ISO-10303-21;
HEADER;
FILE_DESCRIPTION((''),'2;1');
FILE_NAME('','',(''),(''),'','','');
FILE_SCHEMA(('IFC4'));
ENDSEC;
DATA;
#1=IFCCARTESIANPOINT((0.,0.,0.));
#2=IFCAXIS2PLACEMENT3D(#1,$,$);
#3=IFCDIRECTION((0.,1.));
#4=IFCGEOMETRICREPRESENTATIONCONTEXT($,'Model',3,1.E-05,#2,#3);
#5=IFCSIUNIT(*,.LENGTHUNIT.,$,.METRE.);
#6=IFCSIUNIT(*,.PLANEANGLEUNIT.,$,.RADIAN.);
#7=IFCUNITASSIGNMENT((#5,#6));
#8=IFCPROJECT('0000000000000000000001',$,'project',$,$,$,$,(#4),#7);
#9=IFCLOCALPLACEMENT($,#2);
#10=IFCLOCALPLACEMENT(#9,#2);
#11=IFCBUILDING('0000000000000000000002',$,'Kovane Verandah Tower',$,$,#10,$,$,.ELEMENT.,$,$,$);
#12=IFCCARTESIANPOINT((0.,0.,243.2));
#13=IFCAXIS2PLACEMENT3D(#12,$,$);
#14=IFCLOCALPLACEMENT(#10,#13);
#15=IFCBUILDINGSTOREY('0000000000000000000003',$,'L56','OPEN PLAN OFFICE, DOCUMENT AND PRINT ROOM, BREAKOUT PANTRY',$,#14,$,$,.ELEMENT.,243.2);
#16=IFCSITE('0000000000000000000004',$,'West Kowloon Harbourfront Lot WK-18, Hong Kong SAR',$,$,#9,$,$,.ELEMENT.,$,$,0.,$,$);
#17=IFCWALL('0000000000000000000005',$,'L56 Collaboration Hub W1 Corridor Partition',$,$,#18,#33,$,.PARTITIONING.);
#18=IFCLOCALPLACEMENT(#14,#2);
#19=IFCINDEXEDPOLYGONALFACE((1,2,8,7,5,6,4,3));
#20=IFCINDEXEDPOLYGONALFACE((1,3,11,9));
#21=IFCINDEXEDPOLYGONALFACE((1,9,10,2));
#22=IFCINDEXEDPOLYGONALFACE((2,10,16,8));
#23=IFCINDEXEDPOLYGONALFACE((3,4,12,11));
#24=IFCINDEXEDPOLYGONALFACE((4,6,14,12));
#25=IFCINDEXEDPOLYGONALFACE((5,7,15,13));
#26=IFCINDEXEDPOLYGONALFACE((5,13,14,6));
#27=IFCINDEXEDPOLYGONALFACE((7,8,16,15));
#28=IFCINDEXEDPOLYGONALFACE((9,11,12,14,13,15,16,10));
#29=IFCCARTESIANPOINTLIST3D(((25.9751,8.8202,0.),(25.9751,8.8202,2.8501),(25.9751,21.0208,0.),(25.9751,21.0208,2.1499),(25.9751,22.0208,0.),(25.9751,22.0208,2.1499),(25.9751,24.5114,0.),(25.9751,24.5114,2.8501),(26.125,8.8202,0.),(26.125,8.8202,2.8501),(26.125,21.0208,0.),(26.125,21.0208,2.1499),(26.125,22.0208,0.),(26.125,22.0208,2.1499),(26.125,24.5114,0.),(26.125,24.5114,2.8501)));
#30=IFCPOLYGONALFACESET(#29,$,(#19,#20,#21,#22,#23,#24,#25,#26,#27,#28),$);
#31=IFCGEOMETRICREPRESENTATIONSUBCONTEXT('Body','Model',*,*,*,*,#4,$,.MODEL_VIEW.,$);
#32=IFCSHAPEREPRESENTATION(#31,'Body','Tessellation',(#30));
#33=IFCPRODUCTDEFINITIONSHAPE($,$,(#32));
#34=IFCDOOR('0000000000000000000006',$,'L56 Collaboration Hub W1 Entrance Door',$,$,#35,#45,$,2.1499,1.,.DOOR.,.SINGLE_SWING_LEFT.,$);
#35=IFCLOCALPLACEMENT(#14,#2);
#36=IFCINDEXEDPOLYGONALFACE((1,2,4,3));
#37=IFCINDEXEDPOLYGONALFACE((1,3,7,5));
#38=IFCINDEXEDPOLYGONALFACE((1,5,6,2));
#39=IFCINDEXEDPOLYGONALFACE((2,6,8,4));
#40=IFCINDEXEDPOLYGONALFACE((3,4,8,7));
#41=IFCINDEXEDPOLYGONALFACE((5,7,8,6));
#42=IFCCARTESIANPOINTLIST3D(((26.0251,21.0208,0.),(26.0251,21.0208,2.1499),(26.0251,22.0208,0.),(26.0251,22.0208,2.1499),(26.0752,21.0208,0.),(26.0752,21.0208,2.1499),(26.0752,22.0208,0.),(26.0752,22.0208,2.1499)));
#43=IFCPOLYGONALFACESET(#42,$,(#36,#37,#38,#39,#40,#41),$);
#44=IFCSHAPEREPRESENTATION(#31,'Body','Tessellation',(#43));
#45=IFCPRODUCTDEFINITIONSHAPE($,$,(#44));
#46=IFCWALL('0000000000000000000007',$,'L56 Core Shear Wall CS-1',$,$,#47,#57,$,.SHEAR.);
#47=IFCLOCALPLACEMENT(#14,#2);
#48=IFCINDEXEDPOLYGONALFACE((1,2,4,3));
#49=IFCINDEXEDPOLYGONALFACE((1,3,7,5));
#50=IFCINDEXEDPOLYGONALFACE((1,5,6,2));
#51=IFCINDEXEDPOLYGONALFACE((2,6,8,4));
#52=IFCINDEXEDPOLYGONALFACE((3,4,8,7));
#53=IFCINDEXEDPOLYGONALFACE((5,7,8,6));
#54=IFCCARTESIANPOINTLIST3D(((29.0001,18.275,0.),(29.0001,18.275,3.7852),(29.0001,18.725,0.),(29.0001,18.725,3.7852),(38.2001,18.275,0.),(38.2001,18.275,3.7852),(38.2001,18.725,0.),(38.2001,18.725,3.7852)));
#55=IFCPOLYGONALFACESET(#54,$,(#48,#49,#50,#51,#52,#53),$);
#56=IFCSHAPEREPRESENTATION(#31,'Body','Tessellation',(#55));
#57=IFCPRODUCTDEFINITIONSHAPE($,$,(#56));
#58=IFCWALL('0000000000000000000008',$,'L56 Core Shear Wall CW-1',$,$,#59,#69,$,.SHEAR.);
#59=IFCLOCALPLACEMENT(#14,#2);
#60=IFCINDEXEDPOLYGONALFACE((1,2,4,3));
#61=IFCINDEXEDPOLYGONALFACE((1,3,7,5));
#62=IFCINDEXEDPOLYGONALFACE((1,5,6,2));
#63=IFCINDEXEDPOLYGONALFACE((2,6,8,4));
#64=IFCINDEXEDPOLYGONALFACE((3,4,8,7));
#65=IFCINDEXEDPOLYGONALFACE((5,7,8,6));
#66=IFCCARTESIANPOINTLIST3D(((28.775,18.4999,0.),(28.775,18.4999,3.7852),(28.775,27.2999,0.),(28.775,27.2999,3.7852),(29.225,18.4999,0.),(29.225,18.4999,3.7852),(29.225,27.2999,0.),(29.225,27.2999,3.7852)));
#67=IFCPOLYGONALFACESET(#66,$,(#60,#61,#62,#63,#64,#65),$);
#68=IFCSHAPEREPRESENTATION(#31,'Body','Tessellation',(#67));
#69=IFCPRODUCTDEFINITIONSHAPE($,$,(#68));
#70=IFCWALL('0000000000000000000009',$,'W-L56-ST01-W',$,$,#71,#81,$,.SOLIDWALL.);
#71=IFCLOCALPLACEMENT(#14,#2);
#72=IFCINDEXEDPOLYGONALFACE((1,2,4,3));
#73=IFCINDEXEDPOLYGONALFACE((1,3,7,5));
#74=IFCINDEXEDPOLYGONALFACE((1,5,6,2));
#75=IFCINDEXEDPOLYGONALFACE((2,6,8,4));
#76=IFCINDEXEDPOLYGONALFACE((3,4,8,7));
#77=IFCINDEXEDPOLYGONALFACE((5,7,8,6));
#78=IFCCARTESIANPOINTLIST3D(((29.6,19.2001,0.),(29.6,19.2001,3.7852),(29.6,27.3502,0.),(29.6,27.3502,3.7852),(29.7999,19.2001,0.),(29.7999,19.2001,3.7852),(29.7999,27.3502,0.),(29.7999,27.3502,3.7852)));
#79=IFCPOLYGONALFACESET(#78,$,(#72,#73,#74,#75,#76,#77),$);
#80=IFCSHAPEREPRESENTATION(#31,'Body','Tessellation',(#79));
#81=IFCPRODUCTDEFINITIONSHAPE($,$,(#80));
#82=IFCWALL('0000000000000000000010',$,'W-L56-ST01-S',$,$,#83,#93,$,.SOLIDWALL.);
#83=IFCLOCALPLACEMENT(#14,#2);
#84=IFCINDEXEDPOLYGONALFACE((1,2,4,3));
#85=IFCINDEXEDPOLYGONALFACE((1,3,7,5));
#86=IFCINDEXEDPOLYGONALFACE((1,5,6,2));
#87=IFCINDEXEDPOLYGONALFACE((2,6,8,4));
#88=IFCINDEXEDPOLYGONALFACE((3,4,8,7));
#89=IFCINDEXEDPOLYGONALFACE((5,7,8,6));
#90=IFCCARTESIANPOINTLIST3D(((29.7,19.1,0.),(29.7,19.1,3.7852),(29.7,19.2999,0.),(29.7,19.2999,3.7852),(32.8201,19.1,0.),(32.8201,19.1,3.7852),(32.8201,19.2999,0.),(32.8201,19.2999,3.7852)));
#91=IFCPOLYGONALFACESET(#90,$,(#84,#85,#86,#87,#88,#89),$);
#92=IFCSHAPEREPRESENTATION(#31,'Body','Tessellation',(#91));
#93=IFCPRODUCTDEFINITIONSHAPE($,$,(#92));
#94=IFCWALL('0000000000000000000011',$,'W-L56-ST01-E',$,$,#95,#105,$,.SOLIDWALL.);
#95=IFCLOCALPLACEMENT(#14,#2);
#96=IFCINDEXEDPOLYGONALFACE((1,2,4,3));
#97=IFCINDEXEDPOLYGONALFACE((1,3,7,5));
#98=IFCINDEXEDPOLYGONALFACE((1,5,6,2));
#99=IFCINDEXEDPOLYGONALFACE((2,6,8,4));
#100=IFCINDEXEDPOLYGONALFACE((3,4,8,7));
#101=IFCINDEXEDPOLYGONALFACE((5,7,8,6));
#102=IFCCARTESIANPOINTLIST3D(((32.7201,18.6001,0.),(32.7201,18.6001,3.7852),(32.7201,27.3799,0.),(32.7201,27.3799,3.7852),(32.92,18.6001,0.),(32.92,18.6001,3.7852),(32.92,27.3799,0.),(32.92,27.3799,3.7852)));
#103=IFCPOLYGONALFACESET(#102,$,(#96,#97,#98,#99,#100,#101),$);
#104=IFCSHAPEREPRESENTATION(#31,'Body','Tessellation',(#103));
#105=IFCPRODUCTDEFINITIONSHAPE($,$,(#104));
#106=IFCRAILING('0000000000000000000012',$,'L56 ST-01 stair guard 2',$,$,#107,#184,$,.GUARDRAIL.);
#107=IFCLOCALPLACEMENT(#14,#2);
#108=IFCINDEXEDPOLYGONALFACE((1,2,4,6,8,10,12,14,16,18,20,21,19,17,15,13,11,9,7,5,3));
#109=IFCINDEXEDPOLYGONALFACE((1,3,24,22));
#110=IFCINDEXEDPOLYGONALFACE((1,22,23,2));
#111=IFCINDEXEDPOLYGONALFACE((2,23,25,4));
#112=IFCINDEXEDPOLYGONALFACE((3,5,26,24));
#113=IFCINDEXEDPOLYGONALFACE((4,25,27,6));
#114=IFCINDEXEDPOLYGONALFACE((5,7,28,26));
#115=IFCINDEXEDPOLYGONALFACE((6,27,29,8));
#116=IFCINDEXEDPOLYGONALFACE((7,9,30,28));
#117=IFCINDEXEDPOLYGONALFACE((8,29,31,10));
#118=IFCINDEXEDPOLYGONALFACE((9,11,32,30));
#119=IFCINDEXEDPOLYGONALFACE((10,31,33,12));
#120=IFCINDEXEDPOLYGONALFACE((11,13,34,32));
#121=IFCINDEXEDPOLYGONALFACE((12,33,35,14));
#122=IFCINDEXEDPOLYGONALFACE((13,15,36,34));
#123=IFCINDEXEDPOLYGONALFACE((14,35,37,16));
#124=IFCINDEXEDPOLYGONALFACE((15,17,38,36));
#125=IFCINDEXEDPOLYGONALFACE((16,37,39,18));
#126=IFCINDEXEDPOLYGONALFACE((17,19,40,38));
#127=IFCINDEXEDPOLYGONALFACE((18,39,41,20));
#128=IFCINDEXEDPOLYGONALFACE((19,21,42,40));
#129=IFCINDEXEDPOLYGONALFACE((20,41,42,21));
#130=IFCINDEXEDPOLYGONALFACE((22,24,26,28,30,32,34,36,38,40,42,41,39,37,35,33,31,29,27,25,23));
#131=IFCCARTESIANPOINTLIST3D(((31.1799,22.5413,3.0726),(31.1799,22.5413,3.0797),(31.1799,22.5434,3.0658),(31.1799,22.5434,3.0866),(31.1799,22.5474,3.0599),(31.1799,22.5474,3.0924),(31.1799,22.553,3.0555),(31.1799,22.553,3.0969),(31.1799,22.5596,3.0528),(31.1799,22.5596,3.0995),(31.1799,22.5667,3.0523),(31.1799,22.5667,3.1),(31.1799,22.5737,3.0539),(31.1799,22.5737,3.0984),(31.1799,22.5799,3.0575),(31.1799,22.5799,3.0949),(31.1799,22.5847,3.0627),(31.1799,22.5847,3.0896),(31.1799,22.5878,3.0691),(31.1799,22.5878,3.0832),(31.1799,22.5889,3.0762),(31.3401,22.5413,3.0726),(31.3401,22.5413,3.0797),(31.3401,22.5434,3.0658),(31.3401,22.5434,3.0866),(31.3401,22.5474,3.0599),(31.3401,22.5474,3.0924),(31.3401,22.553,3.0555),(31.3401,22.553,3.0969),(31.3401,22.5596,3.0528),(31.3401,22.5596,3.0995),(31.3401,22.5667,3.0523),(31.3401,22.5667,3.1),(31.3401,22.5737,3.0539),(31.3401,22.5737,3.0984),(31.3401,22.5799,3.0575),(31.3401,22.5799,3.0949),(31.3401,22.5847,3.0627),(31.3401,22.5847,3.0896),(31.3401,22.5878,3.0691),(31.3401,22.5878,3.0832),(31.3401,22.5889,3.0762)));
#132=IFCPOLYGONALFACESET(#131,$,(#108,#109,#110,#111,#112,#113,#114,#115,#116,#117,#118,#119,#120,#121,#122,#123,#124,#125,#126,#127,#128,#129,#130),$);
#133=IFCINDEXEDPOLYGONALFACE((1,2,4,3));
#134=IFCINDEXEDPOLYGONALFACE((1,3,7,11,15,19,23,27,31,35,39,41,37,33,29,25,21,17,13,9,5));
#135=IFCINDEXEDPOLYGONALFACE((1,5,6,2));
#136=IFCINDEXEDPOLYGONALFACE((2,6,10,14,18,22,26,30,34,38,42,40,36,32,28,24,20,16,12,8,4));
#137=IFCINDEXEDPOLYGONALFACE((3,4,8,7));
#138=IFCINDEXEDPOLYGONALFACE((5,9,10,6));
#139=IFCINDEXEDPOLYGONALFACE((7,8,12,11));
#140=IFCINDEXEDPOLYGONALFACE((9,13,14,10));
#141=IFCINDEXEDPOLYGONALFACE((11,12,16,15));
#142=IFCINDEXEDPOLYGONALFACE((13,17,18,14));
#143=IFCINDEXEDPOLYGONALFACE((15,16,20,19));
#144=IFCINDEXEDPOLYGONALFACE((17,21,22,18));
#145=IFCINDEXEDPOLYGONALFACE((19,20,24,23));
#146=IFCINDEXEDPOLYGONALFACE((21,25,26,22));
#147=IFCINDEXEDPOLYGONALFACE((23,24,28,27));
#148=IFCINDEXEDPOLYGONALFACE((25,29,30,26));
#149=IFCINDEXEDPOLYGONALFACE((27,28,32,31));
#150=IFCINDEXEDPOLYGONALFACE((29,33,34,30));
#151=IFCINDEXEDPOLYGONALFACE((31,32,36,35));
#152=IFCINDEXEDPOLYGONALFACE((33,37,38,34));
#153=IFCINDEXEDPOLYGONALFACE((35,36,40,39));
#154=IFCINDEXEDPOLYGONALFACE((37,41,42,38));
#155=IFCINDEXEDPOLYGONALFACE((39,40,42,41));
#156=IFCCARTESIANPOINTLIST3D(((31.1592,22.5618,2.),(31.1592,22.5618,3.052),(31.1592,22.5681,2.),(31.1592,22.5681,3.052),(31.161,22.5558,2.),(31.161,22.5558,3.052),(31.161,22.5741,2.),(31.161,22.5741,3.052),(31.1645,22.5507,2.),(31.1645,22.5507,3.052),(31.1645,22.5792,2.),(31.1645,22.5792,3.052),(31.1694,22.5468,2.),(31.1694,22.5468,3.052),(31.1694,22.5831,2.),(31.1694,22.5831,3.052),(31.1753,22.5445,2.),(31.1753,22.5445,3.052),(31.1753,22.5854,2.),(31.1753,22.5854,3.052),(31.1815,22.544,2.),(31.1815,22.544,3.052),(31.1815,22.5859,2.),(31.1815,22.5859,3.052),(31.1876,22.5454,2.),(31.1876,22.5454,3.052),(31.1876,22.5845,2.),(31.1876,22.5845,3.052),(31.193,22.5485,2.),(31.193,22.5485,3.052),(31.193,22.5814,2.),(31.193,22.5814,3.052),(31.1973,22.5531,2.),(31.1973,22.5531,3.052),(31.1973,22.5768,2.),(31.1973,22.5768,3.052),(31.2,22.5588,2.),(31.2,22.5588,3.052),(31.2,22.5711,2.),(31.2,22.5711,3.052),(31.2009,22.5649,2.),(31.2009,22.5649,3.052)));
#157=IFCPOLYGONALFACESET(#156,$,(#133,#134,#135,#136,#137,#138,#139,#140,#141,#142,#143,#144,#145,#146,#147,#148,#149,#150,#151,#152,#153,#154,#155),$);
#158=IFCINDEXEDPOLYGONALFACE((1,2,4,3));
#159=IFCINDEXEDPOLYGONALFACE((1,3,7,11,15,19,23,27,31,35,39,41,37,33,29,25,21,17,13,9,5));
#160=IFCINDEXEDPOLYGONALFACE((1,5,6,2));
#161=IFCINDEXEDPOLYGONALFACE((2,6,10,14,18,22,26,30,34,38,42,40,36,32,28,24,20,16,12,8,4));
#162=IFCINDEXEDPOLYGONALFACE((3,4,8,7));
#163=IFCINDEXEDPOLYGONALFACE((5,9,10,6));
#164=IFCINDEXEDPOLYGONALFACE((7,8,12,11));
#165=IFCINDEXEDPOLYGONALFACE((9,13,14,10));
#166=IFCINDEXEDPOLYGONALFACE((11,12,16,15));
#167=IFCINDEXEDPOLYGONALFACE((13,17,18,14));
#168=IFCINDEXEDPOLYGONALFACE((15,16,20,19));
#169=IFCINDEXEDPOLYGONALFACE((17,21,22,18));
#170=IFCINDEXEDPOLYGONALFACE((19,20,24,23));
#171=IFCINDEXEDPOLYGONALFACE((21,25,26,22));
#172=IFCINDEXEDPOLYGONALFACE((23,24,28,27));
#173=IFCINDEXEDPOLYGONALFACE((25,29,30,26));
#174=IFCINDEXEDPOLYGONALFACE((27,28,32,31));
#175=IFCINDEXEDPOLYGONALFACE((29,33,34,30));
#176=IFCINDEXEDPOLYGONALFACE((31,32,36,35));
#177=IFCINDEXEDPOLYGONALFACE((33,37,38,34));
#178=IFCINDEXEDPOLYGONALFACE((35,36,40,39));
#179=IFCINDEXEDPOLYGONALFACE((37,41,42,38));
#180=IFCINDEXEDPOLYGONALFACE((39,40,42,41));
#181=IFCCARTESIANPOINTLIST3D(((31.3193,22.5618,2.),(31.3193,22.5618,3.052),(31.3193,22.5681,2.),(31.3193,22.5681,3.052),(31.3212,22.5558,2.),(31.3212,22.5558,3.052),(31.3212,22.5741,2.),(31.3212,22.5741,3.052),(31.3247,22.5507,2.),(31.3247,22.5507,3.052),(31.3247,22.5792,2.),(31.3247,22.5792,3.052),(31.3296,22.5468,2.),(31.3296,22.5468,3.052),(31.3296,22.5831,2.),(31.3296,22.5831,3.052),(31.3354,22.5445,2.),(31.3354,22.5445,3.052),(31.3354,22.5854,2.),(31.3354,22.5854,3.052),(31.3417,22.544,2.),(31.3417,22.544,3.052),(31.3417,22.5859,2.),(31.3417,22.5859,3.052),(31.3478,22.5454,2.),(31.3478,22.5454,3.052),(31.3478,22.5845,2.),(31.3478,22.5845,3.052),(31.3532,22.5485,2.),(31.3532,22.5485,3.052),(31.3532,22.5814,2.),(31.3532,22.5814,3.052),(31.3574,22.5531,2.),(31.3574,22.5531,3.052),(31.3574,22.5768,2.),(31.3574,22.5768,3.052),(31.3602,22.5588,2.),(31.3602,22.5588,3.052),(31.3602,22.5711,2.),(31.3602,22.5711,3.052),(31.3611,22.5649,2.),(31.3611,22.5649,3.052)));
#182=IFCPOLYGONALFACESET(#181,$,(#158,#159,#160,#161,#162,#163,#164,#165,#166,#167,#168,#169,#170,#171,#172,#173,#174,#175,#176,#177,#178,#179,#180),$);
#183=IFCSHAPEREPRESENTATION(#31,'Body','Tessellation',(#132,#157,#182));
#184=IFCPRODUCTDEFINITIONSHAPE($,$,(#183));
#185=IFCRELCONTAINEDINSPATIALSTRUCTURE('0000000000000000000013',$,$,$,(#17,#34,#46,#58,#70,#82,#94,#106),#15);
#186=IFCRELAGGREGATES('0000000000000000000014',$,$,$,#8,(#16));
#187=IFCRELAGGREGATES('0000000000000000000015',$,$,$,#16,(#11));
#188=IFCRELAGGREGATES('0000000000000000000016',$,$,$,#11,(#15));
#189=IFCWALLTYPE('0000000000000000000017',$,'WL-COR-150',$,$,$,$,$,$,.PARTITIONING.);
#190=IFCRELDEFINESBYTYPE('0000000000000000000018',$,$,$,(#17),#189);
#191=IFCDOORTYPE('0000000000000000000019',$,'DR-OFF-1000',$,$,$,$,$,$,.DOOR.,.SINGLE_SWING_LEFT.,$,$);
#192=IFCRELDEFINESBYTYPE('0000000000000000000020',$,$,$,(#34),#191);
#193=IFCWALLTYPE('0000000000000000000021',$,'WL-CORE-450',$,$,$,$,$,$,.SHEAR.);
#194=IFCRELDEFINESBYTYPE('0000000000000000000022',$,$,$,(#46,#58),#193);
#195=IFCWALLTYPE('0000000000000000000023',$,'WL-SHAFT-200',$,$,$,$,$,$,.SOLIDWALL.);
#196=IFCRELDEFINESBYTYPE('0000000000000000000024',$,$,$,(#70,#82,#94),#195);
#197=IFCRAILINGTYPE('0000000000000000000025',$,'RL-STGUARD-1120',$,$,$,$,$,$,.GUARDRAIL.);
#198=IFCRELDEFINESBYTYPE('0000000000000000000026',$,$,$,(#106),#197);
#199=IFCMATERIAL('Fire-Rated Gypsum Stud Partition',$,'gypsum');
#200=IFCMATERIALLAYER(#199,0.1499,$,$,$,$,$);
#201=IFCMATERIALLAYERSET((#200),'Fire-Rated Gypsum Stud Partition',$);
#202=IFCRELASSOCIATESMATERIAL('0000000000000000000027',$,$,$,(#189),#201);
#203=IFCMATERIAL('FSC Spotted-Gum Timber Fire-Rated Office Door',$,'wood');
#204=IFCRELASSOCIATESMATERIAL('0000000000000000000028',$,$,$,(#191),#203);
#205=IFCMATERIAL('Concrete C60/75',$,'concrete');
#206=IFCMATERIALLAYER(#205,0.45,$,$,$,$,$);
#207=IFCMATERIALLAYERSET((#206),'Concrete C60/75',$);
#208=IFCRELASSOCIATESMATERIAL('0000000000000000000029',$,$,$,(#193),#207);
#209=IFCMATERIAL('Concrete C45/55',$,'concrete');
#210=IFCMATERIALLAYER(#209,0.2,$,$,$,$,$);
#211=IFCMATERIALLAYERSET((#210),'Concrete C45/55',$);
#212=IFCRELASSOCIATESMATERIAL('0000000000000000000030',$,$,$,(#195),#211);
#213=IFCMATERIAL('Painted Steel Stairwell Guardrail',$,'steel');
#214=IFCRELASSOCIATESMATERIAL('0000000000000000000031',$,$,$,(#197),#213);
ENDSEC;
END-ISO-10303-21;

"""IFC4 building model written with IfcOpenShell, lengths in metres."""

from ifc_helpers import new_model, si_unit, direction, frame, frame_2d, origin, origin_2d, place, context, subcontext, project, spatial, rectangle, circle, extrude, material, layer, layer_set, type_object, element, fill, save


model = new_model("IFC4")

# Units and contexts
model_context = context("Model", 3, precision=1e-05, world=origin(), true_north=direction((0.0, 1.0)))
body_context = subcontext(model_context, "Body", "Model", "MODEL_VIEW")
ifc_project = project(units=[si_unit("LENGTHUNIT", "METRE"), si_unit("PLANEANGLEUNIT", "RADIAN")], contexts=[model_context])

# Site, building, storey
site_placement = place(None, origin())
site = spatial("IfcSite", under=ifc_project, at=site_placement, Name="West Kowloon Harbourfront Lot WK-18, Hong Kong SAR", CompositionType="ELEMENT", RefElevation=0.0)
building_placement = place(site_placement, origin())
building = spatial("IfcBuilding", under=site, at=building_placement, Name="Kovane Verandah Tower", CompositionType="ELEMENT")
storey_placement = place(building_placement, frame((0.0, 0.0, 243.2)))
storey = spatial("IfcBuildingStorey", under=building, at=storey_placement, Name="L56", Description="OPEN PLAN OFFICE, DOCUMENT AND PRINT ROOM, BREAKOUT PANTRY", CompositionType="ELEMENT", Elevation=243.2)

# Shared definitions
ifc_material_1 = material(Name="Concrete C60/75", Category="concrete")

# Wall, opening, door
ifc_material_2 = material(Name="Fire-Rated Gypsum Stud Partition", Category="gypsum")
ifc_layer_1 = layer(ifc_material_2, 0.1499)
ifc_layer_set_1 = layer_set([ifc_layer_1], Name="Fire-Rated Gypsum Stud Partition")
wall_type_1 = type_object("IfcWallType", Name="WL-COR-150", PredefinedType="PARTITIONING", material=ifc_layer_set_1)
ifc_material_3 = material(Name="FSC Spotted-Gum Timber Fire-Rated Office Door", Category="wood")
door_type = type_object("IfcDoorType", Name="DR-OFF-1000", OperationType="SINGLE_SWING_LEFT", PredefinedType="DOOR", material=ifc_material_3)
wall_1_placement = place(storey_placement, frame((26.05, 8.8201, 0.0), z_axis=(0.0, 0.0, 1.0), x_axis=(0.0, 1.0, 0.0)))
wall_1 = element("IfcWall", 1, at=wall_1_placement, inside=storey, type_object=wall_type_1, Name="L56 Collaboration Hub W1 Corridor Partition", PredefinedType="PARTITIONING", context=body_context, shape_type="SweptSolid", body=[
    extrude(rectangle(XDim=15.6912, YDim=0.1499, at=frame_2d((7.8457, 0.0))), origin(), (0.0, 0.0, 1.0), 2.8501),
])
opening_1_placement = place(wall_1_placement, frame((12.2007, 0.0, 0.0)))
opening_1 = element("IfcOpeningElement", 2, at=opening_1_placement, cuts=wall_1, PredefinedType="OPENING", context=body_context, shape_type="SweptSolid", body=[
    extrude(rectangle(XDim=1.0, YDim=2.1499, at=frame_2d((0.5, 1.075))), frame((0.0, 0.075, 0.0), z_axis=(0.0, -1.0, 0.0), x_axis=(1.0, 0.0, 0.0)), (0.0, 0.0, 1.0), 0.1499),
])
door_1_placement = place(opening_1_placement, origin())
door_1 = element("IfcDoor", 3, at=door_1_placement, inside=storey, type_object=door_type, Name="L56 Collaboration Hub W1 Entrance Door", OperationType="SINGLE_SWING_LEFT", OverallHeight=2.1499, OverallWidth=1.0, PredefinedType="DOOR", context=body_context, shape_type="SweptSolid", body=[
    extrude(rectangle(XDim=1.0, YDim=2.1499, at=frame_2d((0.5, 1.075))), frame((0.0, 0.0249, 0.0), z_axis=(0.0, -1.0, 0.0), x_axis=(1.0, 0.0, 0.0)), (0.0, 0.0, 1.0), 0.05),
])
fill(opening_1, door_1)

# Walls
ifc_layer_2 = layer(ifc_material_1, 0.45)
ifc_layer_set_2 = layer_set([ifc_layer_2], Name="Concrete C60/75")
wall_type_2 = type_object("IfcWallType", Name="WL-CORE-450", PredefinedType="SHEAR", material=ifc_layer_set_2)
wall_2_placement = place(storey_placement, frame((29.0, 18.5, 0.0), z_axis=(0.0, 0.0, 1.0), x_axis=(1.0, 0.0, 0.0)))
element("IfcWall", 4, at=wall_2_placement, inside=storey, type_object=wall_type_2, Name="L56 Core Shear Wall CS-1", PredefinedType="SHEAR", context=body_context, shape_type="SweptSolid", body=[
    extrude(rectangle(XDim=9.2, YDim=0.45, at=frame_2d((4.6001, 0.0))), origin(), (0.0, 0.0, 1.0), 3.7852),
])
wall_3_placement = place(storey_placement, frame((29.0, 18.5, 0.0), z_axis=(0.0, 0.0, 1.0), x_axis=(0.0, 1.0, 0.0)))
element("IfcWall", 5, at=wall_3_placement, inside=storey, type_object=wall_type_2, Name="L56 Core Shear Wall CW-1", PredefinedType="SHEAR", context=body_context, shape_type="SweptSolid", body=[
    extrude(rectangle(XDim=8.8, YDim=0.45, at=frame_2d((4.3999, 0.0))), origin(), (0.0, 0.0, 1.0), 3.7852),
])
ifc_material_4 = material(Name="Concrete C45/55", Category="concrete")
ifc_layer_3 = layer(ifc_material_4, 0.2)
ifc_layer_set_3 = layer_set([ifc_layer_3], Name="Concrete C45/55")
wall_type_3 = type_object("IfcWallType", Name="WL-SHAFT-200", PredefinedType="SOLIDWALL", material=ifc_layer_set_3)
wall_4_placement = place(storey_placement, frame((29.7, 19.2, 0.0), z_axis=(0.0, 0.0, 1.0), x_axis=(0.0, 1.0, 0.0)))
element("IfcWall", 6, at=wall_4_placement, inside=storey, type_object=wall_type_3, Name="W-L56-ST01-W", PredefinedType="SOLIDWALL", context=body_context, shape_type="SweptSolid", body=[
    extrude(rectangle(XDim=8.1501, YDim=0.2, at=frame_2d((4.0752, 0.0))), origin(), (0.0, 0.0, 1.0), 3.7852),
])
wall_5_placement = place(storey_placement, frame((29.7, 19.2, 0.0), z_axis=(0.0, 0.0, 1.0), x_axis=(1.0, 0.0, 0.0)))
element("IfcWall", 7, at=wall_5_placement, inside=storey, type_object=wall_type_3, Name="W-L56-ST01-S", PredefinedType="SOLIDWALL", context=body_context, shape_type="SweptSolid", body=[
    extrude(rectangle(XDim=3.1201, YDim=0.2, at=frame_2d((1.5601, 0.0))), origin(), (0.0, 0.0, 1.0), 3.7852),
])
wall_6_placement = place(storey_placement, frame((32.8201, 18.6001, 0.0), z_axis=(0.0, 0.0, 1.0), x_axis=(0.0, 1.0, 0.0)))
element("IfcWall", 8, at=wall_6_placement, inside=storey, type_object=wall_type_3, Name="W-L56-ST01-E", PredefinedType="SOLIDWALL", context=body_context, shape_type="SweptSolid", body=[
    extrude(rectangle(XDim=8.7798, YDim=0.2, at=frame_2d((4.3899, 0.0))), origin(), (0.0, 0.0, 1.0), 3.7852),
])

# Railing
ifc_material_5 = material(Name="Painted Steel Stairwell Guardrail", Category="steel")
railing_type_1 = type_object("IfcRailingType", Name="RL-STGUARD-1120", PredefinedType="GUARDRAIL", material=ifc_material_5)
railing_1_placement = place(storey_placement, frame((31.1799, 22.5649, 2.0)))
element("IfcRailing", 9, at=railing_1_placement, inside=storey, type_object=railing_type_1, Name="L56 ST-01 stair guard 2", PredefinedType="GUARDRAIL", context=body_context, shape_type="SweptSolid", body=[
    extrude(circle(Radius=0.0239, at=origin_2d()), frame((0.0, 0.0, 1.0762), z_axis=(1.0, 0.0, 0.0), x_axis=(0.0, 1.0, 0.0)), (0.0, 0.0, 1.0), 0.1602),
    extrude(circle(Radius=0.021, at=origin_2d()), origin(), (0.0, 0.0, 1.0), 1.052),
    extrude(circle(Radius=0.021, at=origin_2d()), frame((0.1602, 0.0, 0.0)), (0.0, 0.0, 1.0), 1.052),
])

save(model, "model.ifc")
